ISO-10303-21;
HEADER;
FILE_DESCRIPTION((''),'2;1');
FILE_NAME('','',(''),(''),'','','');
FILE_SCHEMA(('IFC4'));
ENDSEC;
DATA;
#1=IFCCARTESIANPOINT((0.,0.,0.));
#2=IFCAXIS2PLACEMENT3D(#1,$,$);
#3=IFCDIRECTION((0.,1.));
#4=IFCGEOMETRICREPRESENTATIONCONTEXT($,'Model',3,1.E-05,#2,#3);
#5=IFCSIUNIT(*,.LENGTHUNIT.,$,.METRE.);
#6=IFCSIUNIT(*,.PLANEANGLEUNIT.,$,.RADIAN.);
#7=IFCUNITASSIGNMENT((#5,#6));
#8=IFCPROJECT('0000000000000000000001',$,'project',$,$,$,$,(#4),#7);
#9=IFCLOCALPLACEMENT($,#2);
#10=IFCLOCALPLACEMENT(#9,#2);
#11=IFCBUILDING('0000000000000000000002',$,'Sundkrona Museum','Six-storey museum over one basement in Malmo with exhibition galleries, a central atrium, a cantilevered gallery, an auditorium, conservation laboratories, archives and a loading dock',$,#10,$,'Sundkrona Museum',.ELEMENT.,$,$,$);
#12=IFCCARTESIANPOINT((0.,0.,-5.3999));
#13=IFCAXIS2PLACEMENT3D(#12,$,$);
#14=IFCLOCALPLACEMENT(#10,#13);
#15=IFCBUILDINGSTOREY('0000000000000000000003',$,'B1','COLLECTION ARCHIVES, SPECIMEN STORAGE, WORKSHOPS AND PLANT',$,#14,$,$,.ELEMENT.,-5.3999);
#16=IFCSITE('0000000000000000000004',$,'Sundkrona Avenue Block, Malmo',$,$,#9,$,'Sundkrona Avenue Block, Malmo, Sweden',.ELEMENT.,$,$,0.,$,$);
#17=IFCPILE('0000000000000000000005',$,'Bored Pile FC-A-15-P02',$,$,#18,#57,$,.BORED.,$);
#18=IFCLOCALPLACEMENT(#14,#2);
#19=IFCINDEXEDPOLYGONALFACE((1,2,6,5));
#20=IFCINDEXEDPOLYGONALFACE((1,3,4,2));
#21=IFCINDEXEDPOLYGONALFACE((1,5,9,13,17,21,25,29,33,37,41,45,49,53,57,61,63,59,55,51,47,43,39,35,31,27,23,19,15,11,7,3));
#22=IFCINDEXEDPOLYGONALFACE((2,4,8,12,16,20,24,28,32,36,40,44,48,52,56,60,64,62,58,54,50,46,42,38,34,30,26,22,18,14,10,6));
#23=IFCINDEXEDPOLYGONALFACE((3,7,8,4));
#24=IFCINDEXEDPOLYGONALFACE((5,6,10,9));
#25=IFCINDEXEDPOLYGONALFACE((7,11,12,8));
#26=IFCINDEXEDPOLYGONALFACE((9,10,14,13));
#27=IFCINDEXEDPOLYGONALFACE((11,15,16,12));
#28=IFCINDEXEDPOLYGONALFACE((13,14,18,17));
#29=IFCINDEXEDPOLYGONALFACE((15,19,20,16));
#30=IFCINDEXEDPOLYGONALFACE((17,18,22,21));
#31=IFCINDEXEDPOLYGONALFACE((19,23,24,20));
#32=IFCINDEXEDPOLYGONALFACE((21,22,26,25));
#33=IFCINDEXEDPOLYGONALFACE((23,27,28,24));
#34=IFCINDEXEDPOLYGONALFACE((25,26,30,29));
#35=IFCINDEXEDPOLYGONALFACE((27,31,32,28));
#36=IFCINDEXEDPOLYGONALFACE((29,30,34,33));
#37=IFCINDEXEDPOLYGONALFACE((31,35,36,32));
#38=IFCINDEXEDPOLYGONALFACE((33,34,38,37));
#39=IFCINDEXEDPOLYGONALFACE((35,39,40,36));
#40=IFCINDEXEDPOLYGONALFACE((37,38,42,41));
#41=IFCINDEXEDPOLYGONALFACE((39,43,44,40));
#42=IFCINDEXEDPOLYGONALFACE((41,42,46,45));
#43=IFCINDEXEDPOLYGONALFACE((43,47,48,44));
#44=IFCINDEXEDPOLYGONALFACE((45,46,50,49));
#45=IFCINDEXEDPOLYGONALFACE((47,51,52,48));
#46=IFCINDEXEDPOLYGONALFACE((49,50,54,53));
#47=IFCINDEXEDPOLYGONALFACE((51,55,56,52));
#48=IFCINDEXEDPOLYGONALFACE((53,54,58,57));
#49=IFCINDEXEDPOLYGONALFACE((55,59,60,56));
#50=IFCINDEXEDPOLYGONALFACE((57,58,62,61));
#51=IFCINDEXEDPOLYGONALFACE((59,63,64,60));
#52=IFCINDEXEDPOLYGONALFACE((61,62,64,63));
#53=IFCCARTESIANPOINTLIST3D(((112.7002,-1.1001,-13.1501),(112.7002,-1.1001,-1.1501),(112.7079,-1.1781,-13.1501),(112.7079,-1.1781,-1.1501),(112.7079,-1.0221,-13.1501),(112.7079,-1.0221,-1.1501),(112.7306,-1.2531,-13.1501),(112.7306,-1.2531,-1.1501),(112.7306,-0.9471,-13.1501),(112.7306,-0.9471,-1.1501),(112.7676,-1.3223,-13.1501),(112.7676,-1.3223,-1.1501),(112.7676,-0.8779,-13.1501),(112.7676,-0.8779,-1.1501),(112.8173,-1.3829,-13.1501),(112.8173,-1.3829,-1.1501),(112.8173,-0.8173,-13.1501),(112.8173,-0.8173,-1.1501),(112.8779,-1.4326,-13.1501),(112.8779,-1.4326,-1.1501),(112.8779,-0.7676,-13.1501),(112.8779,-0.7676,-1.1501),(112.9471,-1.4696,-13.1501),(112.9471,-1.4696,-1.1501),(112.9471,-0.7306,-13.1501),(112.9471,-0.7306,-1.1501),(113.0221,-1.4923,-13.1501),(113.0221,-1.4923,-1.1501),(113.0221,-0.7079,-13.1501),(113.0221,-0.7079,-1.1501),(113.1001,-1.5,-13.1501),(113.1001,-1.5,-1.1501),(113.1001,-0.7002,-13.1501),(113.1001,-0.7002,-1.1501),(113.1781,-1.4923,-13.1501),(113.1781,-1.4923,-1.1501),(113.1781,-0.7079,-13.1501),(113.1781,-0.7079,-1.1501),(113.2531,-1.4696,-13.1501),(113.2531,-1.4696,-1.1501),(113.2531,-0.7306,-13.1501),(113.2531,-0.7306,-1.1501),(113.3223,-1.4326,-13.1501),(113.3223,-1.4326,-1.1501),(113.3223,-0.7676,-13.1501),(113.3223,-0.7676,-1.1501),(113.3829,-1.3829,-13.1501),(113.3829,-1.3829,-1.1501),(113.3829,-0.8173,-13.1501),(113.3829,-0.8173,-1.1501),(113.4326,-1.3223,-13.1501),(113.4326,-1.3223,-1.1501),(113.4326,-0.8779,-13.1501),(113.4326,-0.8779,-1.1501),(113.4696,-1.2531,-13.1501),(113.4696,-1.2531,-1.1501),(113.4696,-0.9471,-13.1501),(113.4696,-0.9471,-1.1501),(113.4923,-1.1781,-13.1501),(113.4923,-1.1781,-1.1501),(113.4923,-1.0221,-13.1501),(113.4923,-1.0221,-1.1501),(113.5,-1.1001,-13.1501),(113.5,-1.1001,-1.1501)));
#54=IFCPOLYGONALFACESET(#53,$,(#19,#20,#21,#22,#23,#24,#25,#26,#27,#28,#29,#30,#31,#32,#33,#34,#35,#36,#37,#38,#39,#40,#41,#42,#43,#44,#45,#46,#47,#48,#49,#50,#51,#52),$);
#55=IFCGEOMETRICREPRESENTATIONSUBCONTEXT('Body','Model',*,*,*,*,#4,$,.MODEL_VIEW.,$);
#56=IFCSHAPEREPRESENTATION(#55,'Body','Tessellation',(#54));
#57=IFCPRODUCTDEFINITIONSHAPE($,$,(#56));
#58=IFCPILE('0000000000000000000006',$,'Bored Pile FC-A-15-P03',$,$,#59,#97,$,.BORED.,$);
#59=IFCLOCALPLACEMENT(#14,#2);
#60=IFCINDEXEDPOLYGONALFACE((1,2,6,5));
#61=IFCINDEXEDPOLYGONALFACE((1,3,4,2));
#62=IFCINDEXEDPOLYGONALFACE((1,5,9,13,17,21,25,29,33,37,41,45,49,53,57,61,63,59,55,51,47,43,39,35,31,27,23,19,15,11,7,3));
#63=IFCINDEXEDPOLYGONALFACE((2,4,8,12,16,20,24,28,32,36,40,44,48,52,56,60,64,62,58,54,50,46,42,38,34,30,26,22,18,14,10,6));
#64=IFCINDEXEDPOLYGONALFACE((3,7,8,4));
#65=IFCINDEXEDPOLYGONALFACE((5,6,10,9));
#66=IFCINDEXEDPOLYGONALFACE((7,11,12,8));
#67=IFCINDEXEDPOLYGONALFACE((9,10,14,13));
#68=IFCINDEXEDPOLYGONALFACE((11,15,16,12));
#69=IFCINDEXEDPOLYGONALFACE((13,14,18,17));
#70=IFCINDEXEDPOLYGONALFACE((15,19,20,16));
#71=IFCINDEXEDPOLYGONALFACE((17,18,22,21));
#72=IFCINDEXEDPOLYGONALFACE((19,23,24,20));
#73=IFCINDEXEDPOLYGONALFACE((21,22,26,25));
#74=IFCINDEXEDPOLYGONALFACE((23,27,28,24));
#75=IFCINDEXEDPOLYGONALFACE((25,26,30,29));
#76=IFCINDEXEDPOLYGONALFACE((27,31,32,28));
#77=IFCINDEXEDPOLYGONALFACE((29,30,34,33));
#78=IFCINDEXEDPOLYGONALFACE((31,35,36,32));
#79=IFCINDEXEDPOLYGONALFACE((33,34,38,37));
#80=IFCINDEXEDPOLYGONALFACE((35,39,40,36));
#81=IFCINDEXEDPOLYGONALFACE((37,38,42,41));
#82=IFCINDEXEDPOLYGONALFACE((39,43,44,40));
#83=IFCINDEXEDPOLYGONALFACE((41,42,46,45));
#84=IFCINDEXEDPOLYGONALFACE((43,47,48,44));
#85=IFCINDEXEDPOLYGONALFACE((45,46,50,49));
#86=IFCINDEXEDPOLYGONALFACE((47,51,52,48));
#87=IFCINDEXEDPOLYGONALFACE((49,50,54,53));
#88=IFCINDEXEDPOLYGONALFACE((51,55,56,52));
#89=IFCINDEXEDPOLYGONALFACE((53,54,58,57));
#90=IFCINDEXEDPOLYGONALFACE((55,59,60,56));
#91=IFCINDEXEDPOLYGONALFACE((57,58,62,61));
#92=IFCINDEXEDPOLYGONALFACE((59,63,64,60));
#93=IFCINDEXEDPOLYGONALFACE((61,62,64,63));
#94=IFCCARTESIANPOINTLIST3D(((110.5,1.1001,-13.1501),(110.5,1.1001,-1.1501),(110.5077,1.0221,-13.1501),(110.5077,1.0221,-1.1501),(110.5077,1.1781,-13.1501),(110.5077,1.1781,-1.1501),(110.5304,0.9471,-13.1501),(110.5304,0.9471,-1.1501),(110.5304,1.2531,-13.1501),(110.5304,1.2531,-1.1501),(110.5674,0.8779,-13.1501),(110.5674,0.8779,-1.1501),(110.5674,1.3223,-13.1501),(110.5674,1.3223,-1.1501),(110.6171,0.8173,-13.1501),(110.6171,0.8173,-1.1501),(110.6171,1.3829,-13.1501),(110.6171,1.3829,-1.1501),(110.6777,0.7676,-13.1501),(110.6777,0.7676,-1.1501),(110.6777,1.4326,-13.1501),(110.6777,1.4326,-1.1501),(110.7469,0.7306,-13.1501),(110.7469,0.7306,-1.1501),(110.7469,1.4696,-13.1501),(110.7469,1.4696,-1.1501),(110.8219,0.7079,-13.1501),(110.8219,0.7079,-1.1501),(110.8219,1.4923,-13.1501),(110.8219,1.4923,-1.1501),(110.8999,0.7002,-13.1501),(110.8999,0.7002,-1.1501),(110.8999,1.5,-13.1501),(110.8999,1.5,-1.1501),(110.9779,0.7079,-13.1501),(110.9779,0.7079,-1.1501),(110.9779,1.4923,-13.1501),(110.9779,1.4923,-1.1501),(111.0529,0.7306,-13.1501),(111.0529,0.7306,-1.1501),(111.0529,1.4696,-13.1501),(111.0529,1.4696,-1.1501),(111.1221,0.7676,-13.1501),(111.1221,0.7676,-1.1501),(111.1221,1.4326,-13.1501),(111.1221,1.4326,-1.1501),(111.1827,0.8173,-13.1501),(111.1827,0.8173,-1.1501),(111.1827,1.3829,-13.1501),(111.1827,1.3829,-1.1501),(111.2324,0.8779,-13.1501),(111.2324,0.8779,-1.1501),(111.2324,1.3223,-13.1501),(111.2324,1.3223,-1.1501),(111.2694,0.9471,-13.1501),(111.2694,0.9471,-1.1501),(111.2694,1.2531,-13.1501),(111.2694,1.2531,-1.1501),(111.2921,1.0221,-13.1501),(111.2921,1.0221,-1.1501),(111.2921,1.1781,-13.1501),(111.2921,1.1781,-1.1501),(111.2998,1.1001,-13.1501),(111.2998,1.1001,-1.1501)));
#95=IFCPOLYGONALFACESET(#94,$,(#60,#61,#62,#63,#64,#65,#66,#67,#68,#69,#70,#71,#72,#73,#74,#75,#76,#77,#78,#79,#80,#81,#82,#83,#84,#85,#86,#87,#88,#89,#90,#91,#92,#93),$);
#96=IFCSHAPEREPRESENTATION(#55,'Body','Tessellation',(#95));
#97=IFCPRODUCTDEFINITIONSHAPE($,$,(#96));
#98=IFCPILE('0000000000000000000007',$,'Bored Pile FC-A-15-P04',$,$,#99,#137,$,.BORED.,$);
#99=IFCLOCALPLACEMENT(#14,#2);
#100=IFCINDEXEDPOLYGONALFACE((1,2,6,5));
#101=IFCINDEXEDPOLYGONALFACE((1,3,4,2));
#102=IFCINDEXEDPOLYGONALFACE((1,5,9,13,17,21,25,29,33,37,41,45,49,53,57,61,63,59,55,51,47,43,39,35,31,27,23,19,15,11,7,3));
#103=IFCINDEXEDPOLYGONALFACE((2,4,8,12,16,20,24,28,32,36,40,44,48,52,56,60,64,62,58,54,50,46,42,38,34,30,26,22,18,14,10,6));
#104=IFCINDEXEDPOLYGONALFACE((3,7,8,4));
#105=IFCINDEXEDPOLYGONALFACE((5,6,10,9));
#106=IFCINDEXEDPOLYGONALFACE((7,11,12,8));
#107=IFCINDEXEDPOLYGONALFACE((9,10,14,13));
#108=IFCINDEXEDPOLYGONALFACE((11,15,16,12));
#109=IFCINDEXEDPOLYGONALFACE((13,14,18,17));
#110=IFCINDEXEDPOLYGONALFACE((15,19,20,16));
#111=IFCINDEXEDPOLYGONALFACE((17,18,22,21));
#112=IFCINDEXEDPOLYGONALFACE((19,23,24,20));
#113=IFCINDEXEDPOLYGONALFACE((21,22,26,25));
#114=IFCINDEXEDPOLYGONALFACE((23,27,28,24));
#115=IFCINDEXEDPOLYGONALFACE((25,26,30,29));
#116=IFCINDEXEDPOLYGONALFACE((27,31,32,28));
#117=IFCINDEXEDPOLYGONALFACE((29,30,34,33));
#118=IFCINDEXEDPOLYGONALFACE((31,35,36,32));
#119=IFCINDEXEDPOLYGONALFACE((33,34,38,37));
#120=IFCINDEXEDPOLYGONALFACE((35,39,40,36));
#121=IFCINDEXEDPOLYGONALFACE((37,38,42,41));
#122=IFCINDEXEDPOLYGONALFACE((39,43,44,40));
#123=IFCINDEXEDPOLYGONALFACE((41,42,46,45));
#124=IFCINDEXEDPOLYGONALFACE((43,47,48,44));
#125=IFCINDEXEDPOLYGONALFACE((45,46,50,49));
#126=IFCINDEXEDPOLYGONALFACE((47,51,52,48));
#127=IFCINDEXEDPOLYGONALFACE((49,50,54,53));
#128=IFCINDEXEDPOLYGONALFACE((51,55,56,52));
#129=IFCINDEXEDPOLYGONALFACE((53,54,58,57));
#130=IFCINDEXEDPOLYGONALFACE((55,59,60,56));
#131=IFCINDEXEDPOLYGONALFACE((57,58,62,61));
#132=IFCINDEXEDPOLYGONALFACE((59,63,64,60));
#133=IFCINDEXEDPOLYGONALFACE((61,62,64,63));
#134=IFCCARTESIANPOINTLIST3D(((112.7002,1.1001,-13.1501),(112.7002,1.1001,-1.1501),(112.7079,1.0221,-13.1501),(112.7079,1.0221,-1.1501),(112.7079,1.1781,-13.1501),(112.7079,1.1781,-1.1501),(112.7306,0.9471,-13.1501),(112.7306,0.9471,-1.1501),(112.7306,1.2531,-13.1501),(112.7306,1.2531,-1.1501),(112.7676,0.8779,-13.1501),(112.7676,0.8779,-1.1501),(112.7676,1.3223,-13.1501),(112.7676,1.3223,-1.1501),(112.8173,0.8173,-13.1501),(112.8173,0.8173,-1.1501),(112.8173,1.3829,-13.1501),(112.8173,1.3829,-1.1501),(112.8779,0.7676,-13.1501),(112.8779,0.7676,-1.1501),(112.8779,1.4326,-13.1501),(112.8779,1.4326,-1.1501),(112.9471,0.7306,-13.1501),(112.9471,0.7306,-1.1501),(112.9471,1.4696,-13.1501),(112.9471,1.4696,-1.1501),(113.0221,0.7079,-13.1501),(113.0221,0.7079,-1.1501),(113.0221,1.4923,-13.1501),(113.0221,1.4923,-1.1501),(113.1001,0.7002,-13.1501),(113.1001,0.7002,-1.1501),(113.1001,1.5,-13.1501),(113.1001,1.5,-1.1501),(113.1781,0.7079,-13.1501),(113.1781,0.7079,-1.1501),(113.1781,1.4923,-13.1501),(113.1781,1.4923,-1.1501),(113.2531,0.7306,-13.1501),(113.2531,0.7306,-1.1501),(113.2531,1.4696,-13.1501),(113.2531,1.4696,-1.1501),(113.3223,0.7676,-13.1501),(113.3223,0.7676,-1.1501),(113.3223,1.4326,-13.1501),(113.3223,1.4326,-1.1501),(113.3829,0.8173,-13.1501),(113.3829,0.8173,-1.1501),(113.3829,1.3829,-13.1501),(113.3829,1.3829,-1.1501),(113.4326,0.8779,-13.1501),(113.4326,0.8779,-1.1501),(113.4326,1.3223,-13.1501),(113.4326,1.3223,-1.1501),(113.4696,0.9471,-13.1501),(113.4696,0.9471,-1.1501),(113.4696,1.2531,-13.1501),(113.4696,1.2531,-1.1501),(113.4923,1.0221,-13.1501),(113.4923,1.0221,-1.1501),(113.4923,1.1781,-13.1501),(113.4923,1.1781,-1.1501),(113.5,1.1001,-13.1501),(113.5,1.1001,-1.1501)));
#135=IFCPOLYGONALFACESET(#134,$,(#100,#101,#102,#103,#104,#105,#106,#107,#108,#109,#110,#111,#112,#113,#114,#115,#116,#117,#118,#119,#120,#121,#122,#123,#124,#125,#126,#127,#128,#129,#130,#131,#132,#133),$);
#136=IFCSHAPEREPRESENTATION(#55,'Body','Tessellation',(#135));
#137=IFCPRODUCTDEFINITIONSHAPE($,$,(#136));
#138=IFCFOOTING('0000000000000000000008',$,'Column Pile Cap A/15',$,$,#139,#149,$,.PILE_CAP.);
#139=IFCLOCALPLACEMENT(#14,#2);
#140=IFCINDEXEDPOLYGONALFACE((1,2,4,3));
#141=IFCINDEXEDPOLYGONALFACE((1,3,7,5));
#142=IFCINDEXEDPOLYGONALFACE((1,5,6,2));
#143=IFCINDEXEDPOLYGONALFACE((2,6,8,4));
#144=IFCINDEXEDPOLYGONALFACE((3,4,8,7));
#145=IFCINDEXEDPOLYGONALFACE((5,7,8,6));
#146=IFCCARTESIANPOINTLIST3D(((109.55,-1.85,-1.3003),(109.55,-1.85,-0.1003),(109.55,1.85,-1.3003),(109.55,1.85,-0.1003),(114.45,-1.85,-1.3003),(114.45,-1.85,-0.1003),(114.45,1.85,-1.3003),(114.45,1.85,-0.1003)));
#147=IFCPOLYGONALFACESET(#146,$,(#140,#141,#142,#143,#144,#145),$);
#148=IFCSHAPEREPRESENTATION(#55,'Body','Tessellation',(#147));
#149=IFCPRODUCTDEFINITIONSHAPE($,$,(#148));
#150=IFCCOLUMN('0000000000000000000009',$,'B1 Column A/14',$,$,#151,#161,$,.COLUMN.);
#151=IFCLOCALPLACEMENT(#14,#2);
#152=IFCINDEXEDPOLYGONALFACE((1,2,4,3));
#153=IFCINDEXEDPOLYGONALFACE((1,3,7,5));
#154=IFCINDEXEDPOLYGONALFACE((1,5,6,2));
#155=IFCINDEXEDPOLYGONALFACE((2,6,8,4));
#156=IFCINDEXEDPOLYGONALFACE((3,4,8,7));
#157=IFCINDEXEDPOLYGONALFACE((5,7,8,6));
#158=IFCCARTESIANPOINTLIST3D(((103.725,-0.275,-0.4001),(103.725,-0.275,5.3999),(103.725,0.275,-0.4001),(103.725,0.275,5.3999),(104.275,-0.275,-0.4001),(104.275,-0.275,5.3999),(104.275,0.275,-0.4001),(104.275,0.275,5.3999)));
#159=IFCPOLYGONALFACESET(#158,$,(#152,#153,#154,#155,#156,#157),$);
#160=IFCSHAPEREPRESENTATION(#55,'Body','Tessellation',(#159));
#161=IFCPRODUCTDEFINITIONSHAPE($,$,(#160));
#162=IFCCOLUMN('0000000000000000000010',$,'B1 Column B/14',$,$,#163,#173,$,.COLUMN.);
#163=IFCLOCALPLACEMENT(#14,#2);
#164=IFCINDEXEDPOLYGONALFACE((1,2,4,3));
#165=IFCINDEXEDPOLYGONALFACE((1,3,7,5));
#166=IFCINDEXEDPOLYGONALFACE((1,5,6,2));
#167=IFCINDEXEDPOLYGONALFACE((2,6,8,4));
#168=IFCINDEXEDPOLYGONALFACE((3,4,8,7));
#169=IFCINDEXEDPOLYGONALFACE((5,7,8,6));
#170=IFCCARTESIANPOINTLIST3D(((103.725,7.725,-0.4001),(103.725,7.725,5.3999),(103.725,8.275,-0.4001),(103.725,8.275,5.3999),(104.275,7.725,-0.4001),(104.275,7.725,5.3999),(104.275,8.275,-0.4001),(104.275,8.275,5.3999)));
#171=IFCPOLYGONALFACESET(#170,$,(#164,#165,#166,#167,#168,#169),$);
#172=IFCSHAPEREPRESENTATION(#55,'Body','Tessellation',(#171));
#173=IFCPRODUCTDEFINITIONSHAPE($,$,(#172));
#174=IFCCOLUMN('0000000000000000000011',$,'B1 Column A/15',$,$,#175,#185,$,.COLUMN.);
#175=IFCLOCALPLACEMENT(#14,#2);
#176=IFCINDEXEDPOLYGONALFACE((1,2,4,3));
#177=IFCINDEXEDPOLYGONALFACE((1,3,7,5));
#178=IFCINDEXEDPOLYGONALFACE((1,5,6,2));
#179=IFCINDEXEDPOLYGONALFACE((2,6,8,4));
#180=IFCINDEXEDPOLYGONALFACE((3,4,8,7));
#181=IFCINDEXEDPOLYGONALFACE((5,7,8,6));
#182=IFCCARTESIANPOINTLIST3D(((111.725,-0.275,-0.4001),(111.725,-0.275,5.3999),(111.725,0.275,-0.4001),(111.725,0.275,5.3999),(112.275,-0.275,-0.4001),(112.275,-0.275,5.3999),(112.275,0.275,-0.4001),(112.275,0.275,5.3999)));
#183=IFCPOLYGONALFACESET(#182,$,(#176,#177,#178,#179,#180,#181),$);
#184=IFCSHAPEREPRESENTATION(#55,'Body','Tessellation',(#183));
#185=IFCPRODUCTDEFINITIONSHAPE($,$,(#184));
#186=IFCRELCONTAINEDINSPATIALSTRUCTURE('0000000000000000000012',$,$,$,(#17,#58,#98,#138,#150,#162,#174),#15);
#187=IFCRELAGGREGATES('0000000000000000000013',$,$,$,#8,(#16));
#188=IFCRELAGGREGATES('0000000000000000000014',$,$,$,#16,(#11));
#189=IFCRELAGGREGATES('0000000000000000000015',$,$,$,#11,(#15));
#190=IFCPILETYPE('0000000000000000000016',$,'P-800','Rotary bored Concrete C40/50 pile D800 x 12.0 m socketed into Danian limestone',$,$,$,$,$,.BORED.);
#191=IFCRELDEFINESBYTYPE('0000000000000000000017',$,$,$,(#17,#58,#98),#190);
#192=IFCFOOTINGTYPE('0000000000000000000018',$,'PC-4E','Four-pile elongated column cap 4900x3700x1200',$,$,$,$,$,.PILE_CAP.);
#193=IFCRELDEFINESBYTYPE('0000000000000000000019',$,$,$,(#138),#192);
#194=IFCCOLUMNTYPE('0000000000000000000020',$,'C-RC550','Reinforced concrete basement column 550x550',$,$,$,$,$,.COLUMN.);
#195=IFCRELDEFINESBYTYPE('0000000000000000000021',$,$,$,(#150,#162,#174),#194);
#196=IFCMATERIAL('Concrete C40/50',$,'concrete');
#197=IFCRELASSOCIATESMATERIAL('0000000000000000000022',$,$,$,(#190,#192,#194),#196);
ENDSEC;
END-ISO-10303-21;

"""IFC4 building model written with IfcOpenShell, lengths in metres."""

from ifc_helpers import new_model, si_unit, direction, frame, origin, origin_2d, place, context, subcontext, project, spatial, rectangle, circle, extrude, material, material_profile, profile_set, type_object, element, save


model = new_model("IFC4")

# Units and contexts
model_context = context("Model", 3, precision=1e-05, world=origin(), true_north=direction((0.0, 1.0)))
body_context = subcontext(model_context, "Body", "Model", "MODEL_VIEW")
ifc_project = project(units=[si_unit("LENGTHUNIT", "METRE"), si_unit("PLANEANGLEUNIT", "RADIAN")], contexts=[model_context])

# Site, building, storey
site_placement = place(None, origin())
site = spatial("IfcSite", under=ifc_project, at=site_placement, Name="Sundkrona Avenue Block, Malmo", LongName="Sundkrona Avenue Block, Malmo, Sweden", CompositionType="ELEMENT", RefElevation=0.0)
building_placement = place(site_placement, origin())
building = spatial("IfcBuilding", under=site, at=building_placement, Name="Sundkrona Museum", Description="Six-storey museum over one basement in Malmo with exhibition galleries, a central atrium, a cantilevered gallery, an auditorium, conservation laboratories, archives and a loading dock", LongName="Sundkrona Museum", CompositionType="ELEMENT")
storey_placement = place(building_placement, frame((0.0, 0.0, -5.3999)))
storey = spatial("IfcBuildingStorey", under=building, at=storey_placement, Name="B1", Description="COLLECTION ARCHIVES, SPECIMEN STORAGE, WORKSHOPS AND PLANT", CompositionType="ELEMENT", Elevation=-5.3999)

# Shared definitions
ifc_material_1 = material(Name="Concrete C40/50", Category="concrete")

# Piles
ifc_material_profile_1 = material_profile(ifc_material_1, circle(Radius=0.3999, at=origin_2d()), Name="PILE D800")
ifc_profile_set_1 = profile_set([ifc_material_profile_1], Name="Concrete C40/50")
pile_type = type_object("IfcPileType", Name="P-800", Description="Rotary bored Concrete C40/50 pile D800 x 12.0 m socketed into Danian limestone", PredefinedType="BORED", material=ifc_profile_set_1)
for number, where, z_axis, x_axis, name in (
    (1, (113.1001, -1.1001, -1.1501), (0.0, 0.0, -1.0), (1.0, 0.0, 0.0), "Bored Pile FC-A-15-P02"),
    (2, (110.8999, 1.1001, -1.1501), (0.0, 0.0, -1.0), (1.0, 0.0, 0.0), "Bored Pile FC-A-15-P03"),
    (3, (113.1001, 1.1001, -1.1501), (0.0, 0.0, -1.0), (1.0, 0.0, 0.0), "Bored Pile FC-A-15-P04"),
):
    element("IfcPile", number, at=place(storey_placement, frame(where, z_axis=z_axis, x_axis=x_axis)), inside=storey, type_object=pile_type, Name=name, PredefinedType="BORED", context=body_context, shape_type="SweptSolid", body=[
        extrude(circle(Radius=0.3999, at=origin_2d()), origin(), (0.0, 0.0, 1.0), 12.0),
    ])

# Footing
footing_type_1 = type_object("IfcFootingType", Name="PC-4E", Description="Four-pile elongated column cap 4900x3700x1200", PredefinedType="PILE_CAP", material=ifc_material_1)
footing_1_placement = place(storey_placement, frame((112.0, 0.0, -1.3003), z_axis=(0.0, 0.0, 1.0), x_axis=(1.0, 0.0, 0.0)))
element("IfcFooting", 4, at=footing_1_placement, inside=storey, type_object=footing_type_1, Name="Column Pile Cap A/15", PredefinedType="PILE_CAP", context=body_context, shape_type="SweptSolid", body=[
    extrude(rectangle(XDim=4.8999, YDim=3.7, at=origin_2d()), origin(), (0.0, 0.0, 1.0), 1.2),
])

# Columns
ifc_material_profile_2 = material_profile(ifc_material_1, rectangle(XDim=0.55, YDim=0.55, at=origin_2d()), Name="RC 550x550")
ifc_profile_set_2 = profile_set([ifc_material_profile_2], Name="Concrete C40/50")
column_type = type_object("IfcColumnType", Name="C-RC550", Description="Reinforced concrete basement column 550x550", PredefinedType="COLUMN", material=ifc_profile_set_2)
for number, where, z_axis, x_axis, name in (
    (5, (104.0, 0.0, -0.4001), (0.0, 0.0, 1.0), (1.0, 0.0, 0.0), "B1 Column A/14"),
    (6, (104.0, 8.0, -0.4001), (0.0, 0.0, 1.0), (1.0, 0.0, 0.0), "B1 Column B/14"),
    (7, (112.0, 0.0, -0.4001), (0.0, 0.0, 1.0), (1.0, 0.0, 0.0), "B1 Column A/15"),
):
    element("IfcColumn", number, at=place(storey_placement, frame(where, z_axis=z_axis, x_axis=x_axis)), inside=storey, type_object=column_type, Name=name, PredefinedType="COLUMN", context=body_context, shape_type="SweptSolid", body=[
        extrude(rectangle(XDim=0.55, YDim=0.55, at=origin_2d()), origin(), (0.0, 0.0, 1.0), 5.8),
    ])

save(model, "model.ifc")
